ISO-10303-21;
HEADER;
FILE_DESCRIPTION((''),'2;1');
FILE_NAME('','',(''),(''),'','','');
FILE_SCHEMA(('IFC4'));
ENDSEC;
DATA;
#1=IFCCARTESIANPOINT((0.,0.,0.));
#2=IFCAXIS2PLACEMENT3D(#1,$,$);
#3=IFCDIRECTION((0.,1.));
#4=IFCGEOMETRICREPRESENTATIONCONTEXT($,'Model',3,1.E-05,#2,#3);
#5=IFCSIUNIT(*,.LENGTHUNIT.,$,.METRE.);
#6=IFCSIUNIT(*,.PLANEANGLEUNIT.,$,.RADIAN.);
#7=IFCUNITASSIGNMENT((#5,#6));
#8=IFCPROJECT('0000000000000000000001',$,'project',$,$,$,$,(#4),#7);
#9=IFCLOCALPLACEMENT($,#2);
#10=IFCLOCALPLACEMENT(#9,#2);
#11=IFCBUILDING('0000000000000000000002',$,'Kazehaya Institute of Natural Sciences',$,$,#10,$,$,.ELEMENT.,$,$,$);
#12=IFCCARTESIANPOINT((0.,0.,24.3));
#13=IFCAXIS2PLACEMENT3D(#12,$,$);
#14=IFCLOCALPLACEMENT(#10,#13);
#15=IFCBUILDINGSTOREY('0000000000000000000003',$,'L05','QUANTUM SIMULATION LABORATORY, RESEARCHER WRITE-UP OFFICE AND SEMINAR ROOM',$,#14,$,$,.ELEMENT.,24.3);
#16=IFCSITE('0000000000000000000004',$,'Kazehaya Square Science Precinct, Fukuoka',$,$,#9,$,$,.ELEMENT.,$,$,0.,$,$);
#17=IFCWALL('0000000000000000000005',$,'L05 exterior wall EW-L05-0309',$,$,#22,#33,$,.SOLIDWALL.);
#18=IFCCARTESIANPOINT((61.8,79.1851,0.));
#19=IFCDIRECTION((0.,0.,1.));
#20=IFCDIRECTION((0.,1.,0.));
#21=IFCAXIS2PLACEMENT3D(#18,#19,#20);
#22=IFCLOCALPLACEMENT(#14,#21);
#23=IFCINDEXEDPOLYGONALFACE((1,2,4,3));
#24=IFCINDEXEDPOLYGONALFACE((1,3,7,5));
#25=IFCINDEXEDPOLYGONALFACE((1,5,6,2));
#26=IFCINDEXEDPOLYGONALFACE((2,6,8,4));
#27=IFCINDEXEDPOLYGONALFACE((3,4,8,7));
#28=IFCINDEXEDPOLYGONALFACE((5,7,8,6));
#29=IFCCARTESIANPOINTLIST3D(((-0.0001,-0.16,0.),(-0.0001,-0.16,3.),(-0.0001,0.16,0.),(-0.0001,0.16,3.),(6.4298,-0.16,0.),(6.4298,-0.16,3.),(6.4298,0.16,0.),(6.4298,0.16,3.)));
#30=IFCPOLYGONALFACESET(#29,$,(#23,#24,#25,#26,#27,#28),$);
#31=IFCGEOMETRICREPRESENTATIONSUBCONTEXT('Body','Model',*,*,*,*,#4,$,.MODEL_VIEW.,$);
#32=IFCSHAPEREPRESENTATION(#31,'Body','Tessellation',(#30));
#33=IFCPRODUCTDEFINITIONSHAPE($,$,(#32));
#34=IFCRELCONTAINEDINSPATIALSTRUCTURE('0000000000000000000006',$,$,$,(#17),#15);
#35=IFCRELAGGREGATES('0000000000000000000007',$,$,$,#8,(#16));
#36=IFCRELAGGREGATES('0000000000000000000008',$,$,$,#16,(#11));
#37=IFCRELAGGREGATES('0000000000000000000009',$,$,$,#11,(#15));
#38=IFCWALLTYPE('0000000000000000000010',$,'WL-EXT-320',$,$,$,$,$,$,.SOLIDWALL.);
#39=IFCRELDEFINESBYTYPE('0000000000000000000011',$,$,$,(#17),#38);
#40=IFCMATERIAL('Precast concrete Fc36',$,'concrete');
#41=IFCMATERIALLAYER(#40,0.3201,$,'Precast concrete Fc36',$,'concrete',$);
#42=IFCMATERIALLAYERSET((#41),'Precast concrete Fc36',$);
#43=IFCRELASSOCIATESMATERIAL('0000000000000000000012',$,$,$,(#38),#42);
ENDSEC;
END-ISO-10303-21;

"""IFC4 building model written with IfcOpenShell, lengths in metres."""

from ifc_helpers import new_model, si_unit, direction, frame, frame_2d, origin, place, context, subcontext, project, spatial, rectangle, extrude, material, layer, layer_set, type_object, element, save


model = new_model("IFC4")

# Units and contexts
model_context = context("Model", 3, precision=1e-05, world=origin(), true_north=direction((0.0, 1.0)))
body_context = subcontext(model_context, "Body", "Model", "MODEL_VIEW")
ifc_project = project(units=[si_unit("LENGTHUNIT", "METRE"), si_unit("PLANEANGLEUNIT", "RADIAN")], contexts=[model_context])

# Site, building, storey
site_placement = place(None, origin())
site = spatial("IfcSite", under=ifc_project, at=site_placement, Name="Kazehaya Square Science Precinct, Fukuoka", CompositionType="ELEMENT", RefElevation=0.0)
building_placement = place(site_placement, origin())
building = spatial("IfcBuilding", under=site, at=building_placement, Name="Kazehaya Institute of Natural Sciences", CompositionType="ELEMENT")
storey_placement = place(building_placement, frame((0.0, 0.0, 24.3)))
storey = spatial("IfcBuildingStorey", under=building, at=storey_placement, Name="L05", Description="QUANTUM SIMULATION LABORATORY, RESEARCHER WRITE-UP OFFICE AND SEMINAR ROOM", CompositionType="ELEMENT", Elevation=24.3)

# Shared definitions
ifc_material_1 = material(Name="Precast concrete Fc36", Category="concrete")

# Wall
ifc_layer_1 = layer(ifc_material_1, 0.3201, Name="Precast concrete Fc36", Category="concrete")
ifc_layer_set_1 = layer_set([ifc_layer_1], Name="Precast concrete Fc36")
wall_type_1 = type_object("IfcWallType", Name="WL-EXT-320", PredefinedType="SOLIDWALL", material=ifc_layer_set_1)
for number, where, z_axis, x_axis, name in (
    (1, (61.8, 79.1851, 0.0), (0.0, 0.0, 1.0), (0.0, 1.0, 0.0), "L05 exterior wall EW-L05-0309"),
):
    element("IfcWall", number, at=place(storey_placement, frame(where, z_axis=z_axis, x_axis=x_axis)), inside=storey, type_object=wall_type_1, Name=name, PredefinedType="SOLIDWALL", context=body_context, shape_type="SweptSolid", body=[
        extrude(rectangle(XDim=6.4299, YDim=0.3201, at=frame_2d((3.2148, 0.0))), origin(), (0.0, 0.0, 1.0), 3.0),
    ])

save(model, "model.ifc")
